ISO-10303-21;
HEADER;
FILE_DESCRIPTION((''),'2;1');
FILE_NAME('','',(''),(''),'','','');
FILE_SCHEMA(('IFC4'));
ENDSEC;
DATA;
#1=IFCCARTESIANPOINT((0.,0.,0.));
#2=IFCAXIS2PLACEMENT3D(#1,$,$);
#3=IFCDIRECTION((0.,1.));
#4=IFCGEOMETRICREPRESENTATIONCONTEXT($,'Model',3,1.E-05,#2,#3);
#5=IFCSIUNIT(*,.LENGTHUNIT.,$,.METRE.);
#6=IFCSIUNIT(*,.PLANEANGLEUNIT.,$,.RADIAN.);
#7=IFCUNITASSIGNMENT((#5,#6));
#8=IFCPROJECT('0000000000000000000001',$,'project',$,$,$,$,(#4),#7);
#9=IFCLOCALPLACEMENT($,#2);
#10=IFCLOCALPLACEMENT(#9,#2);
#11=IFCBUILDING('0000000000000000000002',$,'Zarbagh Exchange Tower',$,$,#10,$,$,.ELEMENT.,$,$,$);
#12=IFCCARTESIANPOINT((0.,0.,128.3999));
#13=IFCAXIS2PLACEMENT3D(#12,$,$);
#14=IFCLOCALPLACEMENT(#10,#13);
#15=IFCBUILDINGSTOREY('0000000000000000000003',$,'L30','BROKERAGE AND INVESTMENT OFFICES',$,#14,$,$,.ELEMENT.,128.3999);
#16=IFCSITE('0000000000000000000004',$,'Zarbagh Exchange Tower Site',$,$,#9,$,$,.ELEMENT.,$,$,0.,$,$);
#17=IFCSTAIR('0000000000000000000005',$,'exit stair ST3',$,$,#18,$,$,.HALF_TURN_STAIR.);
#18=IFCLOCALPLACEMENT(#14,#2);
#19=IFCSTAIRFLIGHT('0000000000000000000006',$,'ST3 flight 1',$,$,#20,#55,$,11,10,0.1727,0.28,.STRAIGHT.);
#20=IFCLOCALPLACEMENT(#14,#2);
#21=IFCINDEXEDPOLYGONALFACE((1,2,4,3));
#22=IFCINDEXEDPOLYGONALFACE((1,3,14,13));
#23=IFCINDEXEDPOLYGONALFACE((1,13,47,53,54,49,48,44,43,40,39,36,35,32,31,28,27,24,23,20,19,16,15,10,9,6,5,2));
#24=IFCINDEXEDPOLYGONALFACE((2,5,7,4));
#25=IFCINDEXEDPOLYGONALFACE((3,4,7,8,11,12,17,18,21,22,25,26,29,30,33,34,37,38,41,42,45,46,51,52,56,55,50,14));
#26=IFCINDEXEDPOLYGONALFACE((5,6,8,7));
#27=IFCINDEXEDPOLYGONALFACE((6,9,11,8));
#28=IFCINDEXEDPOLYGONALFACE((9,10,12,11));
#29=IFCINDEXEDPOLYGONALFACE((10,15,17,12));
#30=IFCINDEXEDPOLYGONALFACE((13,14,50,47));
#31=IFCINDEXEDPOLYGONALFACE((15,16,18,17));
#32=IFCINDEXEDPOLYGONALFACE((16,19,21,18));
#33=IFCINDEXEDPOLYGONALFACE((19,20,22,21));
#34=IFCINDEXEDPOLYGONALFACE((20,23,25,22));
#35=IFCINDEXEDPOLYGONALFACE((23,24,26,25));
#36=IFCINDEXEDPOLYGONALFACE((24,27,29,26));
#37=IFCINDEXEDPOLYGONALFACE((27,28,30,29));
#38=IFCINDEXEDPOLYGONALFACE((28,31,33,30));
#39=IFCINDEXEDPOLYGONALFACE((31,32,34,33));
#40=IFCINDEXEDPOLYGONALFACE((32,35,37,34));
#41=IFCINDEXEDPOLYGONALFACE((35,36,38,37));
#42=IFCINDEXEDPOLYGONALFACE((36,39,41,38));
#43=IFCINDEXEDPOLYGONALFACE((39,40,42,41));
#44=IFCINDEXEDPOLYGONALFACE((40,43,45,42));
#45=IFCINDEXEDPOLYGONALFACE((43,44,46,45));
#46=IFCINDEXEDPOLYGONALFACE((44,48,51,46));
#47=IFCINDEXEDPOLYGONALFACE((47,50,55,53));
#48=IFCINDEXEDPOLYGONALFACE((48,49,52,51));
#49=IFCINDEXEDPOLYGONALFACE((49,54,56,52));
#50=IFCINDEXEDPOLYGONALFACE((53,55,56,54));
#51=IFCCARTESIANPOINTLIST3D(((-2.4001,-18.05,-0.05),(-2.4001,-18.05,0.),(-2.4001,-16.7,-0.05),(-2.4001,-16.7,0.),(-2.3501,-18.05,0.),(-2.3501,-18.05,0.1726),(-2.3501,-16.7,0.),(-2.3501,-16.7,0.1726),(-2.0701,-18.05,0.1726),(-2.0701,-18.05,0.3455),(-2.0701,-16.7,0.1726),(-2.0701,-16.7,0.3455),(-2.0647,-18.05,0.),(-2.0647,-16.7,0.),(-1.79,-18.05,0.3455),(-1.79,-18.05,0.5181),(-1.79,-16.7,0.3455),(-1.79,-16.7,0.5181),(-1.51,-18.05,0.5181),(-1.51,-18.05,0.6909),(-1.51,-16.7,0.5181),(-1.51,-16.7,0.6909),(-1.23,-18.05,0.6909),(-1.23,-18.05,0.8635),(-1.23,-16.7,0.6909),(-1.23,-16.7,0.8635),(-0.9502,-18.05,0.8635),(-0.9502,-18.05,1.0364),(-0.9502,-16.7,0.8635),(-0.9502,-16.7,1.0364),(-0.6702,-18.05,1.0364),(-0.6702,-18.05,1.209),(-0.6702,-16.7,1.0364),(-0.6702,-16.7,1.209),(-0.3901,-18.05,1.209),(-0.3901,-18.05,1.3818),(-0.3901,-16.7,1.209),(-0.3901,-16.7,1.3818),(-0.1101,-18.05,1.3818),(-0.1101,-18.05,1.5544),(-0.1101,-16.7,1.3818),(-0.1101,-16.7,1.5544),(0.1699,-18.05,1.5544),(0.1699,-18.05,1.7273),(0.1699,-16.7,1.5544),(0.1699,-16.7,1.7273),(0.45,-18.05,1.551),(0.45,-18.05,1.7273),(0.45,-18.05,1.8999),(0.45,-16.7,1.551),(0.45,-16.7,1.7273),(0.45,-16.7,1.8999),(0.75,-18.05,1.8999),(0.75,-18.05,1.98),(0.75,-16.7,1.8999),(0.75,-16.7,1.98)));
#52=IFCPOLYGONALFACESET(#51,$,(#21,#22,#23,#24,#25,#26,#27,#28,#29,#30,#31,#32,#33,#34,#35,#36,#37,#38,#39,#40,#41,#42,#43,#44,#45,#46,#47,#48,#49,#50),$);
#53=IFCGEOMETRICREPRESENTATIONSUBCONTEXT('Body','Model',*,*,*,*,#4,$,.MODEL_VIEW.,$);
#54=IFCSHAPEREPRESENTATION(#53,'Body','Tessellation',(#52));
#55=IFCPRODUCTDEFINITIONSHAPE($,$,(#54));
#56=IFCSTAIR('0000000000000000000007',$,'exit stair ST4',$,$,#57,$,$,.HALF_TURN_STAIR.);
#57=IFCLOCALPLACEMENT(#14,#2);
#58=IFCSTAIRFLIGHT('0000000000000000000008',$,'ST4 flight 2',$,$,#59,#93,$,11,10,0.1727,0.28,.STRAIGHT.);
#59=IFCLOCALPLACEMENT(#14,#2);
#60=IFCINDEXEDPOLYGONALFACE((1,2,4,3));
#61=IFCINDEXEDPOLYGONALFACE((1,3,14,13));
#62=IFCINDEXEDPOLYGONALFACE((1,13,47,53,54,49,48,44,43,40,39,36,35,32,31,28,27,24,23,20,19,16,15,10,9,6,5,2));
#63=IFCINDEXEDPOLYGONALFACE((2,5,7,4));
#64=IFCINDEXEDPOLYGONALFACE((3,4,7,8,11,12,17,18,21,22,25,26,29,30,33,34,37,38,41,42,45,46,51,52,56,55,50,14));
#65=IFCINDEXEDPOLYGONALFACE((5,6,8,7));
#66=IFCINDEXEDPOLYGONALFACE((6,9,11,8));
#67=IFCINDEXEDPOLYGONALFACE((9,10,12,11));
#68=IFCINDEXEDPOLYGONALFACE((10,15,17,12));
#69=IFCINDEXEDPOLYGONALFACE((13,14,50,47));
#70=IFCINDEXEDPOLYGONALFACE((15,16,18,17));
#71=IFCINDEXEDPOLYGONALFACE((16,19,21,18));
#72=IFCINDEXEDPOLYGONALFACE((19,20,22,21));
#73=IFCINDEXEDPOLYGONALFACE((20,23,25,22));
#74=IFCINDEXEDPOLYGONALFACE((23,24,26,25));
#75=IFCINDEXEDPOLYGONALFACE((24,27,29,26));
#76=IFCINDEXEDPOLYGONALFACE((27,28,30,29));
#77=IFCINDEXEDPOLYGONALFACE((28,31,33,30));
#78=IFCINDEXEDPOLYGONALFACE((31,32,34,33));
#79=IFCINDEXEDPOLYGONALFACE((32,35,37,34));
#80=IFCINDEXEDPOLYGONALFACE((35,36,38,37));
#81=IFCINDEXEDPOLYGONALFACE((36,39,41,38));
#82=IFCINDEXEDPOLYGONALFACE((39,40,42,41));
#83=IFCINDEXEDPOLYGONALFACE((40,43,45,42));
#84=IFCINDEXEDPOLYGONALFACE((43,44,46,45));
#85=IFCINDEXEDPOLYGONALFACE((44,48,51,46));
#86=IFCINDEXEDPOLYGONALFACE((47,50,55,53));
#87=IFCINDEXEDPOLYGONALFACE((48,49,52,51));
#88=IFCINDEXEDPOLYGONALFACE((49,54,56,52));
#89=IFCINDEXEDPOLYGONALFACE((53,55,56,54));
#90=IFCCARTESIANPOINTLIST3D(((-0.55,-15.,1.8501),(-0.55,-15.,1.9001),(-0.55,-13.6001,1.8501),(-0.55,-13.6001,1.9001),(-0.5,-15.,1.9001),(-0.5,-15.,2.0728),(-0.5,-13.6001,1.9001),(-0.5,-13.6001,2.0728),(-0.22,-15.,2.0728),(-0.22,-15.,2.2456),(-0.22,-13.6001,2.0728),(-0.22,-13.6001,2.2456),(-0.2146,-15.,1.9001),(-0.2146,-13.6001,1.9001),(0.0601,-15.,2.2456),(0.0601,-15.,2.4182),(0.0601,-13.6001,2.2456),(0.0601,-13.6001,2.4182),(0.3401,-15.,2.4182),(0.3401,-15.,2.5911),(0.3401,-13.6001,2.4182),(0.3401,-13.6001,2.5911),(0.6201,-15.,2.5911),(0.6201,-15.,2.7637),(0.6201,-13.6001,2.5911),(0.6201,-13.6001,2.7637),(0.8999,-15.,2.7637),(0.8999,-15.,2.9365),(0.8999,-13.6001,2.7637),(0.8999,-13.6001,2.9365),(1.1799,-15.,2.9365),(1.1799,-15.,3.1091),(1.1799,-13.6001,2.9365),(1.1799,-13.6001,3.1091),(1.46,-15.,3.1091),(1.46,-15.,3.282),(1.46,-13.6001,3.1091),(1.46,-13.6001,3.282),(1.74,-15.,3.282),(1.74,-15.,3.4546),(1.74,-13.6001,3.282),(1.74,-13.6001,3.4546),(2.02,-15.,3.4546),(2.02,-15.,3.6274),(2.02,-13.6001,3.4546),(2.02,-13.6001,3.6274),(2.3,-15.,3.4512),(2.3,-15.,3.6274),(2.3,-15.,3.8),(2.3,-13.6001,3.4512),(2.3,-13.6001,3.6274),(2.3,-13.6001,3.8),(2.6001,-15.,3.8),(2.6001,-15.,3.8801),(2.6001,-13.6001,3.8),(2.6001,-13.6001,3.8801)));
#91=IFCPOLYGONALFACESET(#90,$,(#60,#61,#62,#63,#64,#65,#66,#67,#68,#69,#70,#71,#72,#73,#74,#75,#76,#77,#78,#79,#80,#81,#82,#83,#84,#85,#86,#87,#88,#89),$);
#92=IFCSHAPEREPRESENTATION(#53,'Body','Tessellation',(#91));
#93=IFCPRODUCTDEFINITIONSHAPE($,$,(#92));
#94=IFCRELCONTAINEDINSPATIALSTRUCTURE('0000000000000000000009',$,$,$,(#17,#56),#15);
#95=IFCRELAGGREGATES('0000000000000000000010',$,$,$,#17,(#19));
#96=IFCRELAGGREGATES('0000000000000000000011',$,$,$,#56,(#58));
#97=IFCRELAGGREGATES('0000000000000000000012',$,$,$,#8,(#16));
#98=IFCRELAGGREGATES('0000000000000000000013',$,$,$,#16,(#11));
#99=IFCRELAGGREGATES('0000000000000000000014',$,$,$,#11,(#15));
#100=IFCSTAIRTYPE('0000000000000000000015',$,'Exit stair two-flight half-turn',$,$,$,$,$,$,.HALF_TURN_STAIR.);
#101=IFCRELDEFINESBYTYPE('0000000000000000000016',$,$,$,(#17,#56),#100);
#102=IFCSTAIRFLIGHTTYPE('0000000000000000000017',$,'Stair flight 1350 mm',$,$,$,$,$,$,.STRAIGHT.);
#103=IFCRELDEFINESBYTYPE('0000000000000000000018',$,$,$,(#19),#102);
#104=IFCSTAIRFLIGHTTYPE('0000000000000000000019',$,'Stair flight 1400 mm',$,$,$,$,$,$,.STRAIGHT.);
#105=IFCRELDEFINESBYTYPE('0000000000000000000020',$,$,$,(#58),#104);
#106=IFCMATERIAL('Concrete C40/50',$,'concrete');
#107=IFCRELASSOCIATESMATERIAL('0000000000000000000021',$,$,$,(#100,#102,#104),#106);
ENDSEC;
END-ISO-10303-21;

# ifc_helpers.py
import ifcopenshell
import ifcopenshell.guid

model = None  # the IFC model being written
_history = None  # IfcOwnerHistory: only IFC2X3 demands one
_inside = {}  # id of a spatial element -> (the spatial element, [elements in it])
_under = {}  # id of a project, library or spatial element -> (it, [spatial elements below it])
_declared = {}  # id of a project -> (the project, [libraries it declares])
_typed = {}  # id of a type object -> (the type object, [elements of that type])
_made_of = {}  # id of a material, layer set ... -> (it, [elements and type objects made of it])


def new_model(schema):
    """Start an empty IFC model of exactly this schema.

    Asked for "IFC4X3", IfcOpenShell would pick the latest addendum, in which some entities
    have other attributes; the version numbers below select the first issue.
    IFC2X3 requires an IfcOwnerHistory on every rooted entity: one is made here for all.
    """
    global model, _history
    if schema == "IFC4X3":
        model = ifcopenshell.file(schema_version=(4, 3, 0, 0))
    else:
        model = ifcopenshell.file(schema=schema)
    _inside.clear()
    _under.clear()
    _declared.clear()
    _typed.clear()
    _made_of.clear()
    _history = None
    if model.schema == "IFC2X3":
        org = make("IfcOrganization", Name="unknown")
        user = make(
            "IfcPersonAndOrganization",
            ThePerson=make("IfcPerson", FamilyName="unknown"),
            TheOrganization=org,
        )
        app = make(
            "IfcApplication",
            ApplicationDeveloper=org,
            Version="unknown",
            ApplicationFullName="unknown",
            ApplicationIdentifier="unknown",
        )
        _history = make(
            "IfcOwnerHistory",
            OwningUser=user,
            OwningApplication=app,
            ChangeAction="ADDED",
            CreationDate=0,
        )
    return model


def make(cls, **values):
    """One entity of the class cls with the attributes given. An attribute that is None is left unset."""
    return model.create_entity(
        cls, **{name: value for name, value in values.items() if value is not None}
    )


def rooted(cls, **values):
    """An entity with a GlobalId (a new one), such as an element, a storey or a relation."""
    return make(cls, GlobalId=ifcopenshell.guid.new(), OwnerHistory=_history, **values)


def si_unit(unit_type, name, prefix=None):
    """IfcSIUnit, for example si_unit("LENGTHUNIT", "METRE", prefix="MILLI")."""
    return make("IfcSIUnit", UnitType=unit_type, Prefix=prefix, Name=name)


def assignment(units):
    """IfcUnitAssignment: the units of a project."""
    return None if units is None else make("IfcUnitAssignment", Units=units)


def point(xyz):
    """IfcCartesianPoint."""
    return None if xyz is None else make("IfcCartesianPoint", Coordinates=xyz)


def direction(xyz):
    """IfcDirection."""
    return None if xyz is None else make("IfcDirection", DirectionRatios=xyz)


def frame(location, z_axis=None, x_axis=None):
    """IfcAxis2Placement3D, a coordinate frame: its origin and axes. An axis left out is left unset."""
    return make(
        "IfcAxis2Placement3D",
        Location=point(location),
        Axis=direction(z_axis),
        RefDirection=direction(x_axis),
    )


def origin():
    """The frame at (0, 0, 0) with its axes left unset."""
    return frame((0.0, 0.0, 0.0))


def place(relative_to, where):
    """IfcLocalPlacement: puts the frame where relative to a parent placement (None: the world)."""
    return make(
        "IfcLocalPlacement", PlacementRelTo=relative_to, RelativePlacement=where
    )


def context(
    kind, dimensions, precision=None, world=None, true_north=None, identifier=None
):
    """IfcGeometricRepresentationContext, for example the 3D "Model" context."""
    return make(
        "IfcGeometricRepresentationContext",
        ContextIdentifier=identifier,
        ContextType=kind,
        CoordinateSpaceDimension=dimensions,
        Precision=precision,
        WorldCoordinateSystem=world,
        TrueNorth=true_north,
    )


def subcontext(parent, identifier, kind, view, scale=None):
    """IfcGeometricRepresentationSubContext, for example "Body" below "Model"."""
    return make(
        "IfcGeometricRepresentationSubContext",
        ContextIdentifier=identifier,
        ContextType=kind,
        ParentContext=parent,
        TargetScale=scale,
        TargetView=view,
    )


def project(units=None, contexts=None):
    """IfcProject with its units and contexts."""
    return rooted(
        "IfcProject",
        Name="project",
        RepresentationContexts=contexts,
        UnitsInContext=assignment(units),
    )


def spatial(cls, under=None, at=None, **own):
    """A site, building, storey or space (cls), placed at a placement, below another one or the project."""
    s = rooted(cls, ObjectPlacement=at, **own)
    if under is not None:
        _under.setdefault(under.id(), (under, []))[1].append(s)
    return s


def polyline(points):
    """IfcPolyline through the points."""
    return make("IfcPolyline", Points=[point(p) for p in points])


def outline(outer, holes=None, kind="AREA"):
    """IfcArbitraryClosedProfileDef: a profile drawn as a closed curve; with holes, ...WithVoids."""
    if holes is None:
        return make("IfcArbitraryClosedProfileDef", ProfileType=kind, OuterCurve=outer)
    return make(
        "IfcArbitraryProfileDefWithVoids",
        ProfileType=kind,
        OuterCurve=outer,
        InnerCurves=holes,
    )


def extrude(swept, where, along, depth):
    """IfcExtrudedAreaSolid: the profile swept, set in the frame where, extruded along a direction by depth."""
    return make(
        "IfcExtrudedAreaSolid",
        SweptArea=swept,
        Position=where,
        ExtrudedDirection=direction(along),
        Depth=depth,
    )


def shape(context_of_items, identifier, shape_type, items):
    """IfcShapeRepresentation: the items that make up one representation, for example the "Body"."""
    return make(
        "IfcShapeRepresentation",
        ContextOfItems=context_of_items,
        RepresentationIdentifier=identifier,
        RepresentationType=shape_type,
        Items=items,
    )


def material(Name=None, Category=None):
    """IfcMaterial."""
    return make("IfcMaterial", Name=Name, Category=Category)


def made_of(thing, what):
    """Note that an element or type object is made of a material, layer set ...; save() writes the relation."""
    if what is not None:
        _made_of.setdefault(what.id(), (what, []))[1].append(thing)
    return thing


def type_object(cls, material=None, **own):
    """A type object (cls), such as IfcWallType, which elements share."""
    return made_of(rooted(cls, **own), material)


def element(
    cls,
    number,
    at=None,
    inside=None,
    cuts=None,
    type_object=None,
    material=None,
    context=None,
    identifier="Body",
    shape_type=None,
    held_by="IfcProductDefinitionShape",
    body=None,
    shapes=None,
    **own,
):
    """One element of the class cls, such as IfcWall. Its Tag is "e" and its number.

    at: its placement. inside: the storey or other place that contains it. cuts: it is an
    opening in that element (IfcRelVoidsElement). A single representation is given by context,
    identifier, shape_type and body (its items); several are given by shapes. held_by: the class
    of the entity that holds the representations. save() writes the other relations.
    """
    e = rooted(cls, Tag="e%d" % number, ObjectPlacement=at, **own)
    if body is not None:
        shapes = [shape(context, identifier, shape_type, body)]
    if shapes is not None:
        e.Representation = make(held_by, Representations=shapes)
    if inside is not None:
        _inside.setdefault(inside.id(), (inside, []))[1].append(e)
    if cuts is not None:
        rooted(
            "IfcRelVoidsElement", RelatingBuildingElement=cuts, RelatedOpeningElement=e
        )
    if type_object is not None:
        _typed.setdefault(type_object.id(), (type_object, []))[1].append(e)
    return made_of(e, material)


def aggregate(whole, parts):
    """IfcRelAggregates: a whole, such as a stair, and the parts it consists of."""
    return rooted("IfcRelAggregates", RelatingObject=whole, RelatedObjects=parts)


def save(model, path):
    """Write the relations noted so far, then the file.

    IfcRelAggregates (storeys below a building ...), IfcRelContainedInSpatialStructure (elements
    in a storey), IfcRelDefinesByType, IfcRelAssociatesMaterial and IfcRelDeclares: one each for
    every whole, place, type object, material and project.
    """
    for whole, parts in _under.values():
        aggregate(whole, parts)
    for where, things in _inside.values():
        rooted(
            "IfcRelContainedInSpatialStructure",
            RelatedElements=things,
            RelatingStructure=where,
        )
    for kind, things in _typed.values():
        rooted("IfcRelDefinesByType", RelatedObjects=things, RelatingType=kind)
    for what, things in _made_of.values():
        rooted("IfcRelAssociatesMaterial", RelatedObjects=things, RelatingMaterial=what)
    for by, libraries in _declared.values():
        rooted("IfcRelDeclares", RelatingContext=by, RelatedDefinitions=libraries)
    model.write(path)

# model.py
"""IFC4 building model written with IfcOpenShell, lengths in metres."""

from ifc_helpers import new_model, si_unit, direction, frame, origin, place, context, subcontext, project, spatial, polyline, outline, extrude, material, type_object, element, aggregate, save


model = new_model("IFC4")

# Units and contexts
model_context = context("Model", 3, precision=1e-05, world=origin(), true_north=direction((0.0, 1.0)))
body_context = subcontext(model_context, "Body", "Model", "MODEL_VIEW")
ifc_project = project(units=[si_unit("LENGTHUNIT", "METRE"), si_unit("PLANEANGLEUNIT", "RADIAN")], contexts=[model_context])

# Site, building, storey
site_placement = place(None, origin())
site = spatial("IfcSite", under=ifc_project, at=site_placement, Name="Zarbagh Exchange Tower Site", CompositionType="ELEMENT", RefElevation=0.0)
building_placement = place(site_placement, origin())
building = spatial("IfcBuilding", under=site, at=building_placement, Name="Zarbagh Exchange Tower", CompositionType="ELEMENT")
storey_placement = place(building_placement, frame((0.0, 0.0, 128.3999)))
storey = spatial("IfcBuildingStorey", under=building, at=storey_placement, Name="L30", Description="BROKERAGE AND INVESTMENT OFFICES", CompositionType="ELEMENT", Elevation=128.3999)

# Shared definitions
ifc_material_1 = material(Name="Concrete C40/50", Category="concrete")

# Stairs, stair flights
stair_type = type_object("IfcStairType", Name="Exit stair two-flight half-turn", PredefinedType="HALF_TURN_STAIR", material=ifc_material_1)
stair_1_placement = place(storey_placement, origin())
stair_1 = element("IfcStair", 1, at=stair_1_placement, inside=storey, type_object=stair_type, Name="exit stair ST3", PredefinedType="HALF_TURN_STAIR")
stair_flight_type_1 = type_object("IfcStairFlightType", Name="Stair flight 1350 mm", PredefinedType="STRAIGHT", material=ifc_material_1)
stair_flight_1_placement = place(storey_placement, frame((-2.3501, -17.375, 0.0), z_axis=(0.0, 0.0, 1.0), x_axis=(1.0, 0.0, 0.0)))
stair_flight_1 = element("IfcStairFlight", 2, at=stair_flight_1_placement, type_object=stair_flight_type_1, Name="ST3 flight 1", NumberOfRisers=11, NumberOfTreads=10, PredefinedType="STRAIGHT", RiserHeight=0.1727, TreadLength=0.28, context=body_context, shape_type="SweptSolid", body=[
    extrude(outline(polyline([(-0.05, -0.05), (-0.05, 0.0), (0.0, 0.0), (0.0, 0.1726), (0.28, 0.1726), (0.28, 0.3455), (0.5601, 0.3455), (0.5601, 0.5181), (0.8401, 0.5181), (0.8401, 0.6909), (1.1201, 0.6909), (1.1201, 0.8635), (1.3999, 0.8635), (1.3999, 1.0364), (1.6799, 1.0364), (1.6799, 1.209), (1.96, 1.209), (1.96, 1.3818), (2.24, 1.3818), (2.24, 1.5544), (2.52, 1.5544), (2.52, 1.7273), (2.8, 1.7273), (2.8, 1.8999), (3.1001, 1.98), (3.1001, 1.8999), (2.8, 1.551), (0.2854, 0.0), (-0.05, -0.05)])), frame((0.0, 0.675, 0.0), z_axis=(0.0, -1.0, 0.0), x_axis=(1.0, 0.0, 0.0)), (0.0, 0.0, 1.0), 1.3501),
])
aggregate(stair_1, [stair_flight_1])
stair_2_placement = place(storey_placement, origin())
stair_2 = element("IfcStair", 3, at=stair_2_placement, inside=storey, type_object=stair_type, Name="exit stair ST4", PredefinedType="HALF_TURN_STAIR")
stair_flight_type_2 = type_object("IfcStairFlightType", Name="Stair flight 1400 mm", PredefinedType="STRAIGHT", material=ifc_material_1)
stair_flight_2_placement = place(storey_placement, frame((-0.5, -14.3, 1.9001), z_axis=(0.0, 0.0, 1.0), x_axis=(1.0, 0.0, 0.0)))
stair_flight_2 = element("IfcStairFlight", 4, at=stair_flight_2_placement, type_object=stair_flight_type_2, Name="ST4 flight 2", NumberOfRisers=11, NumberOfTreads=10, PredefinedType="STRAIGHT", RiserHeight=0.1727, TreadLength=0.28, context=body_context, shape_type="SweptSolid", body=[
    extrude(outline(polyline([(-0.05, -0.05), (-0.05, 0.0), (0.0, 0.0), (0.0, 0.1726), (0.28, 0.1726), (0.28, 0.3455), (0.5601, 0.3455), (0.5601, 0.5181), (0.8401, 0.5181), (0.8401, 0.6909), (1.1201, 0.6909), (1.1201, 0.8635), (1.3999, 0.8635), (1.3999, 1.0364), (1.6799, 1.0364), (1.6799, 1.209), (1.96, 1.209), (1.96, 1.3818), (2.24, 1.3818), (2.24, 1.5544), (2.52, 1.5544), (2.52, 1.7273), (2.8, 1.7273), (2.8, 1.8999), (3.1001, 1.98), (3.1001, 1.8999), (2.8, 1.551), (0.2854, 0.0), (-0.05, -0.05)])), frame((0.0, 0.7, 0.0), z_axis=(0.0, -1.0, 0.0), x_axis=(1.0, 0.0, 0.0)), (0.0, 0.0, 1.0), 1.3999),
])
aggregate(stair_2, [stair_flight_2])

save(model, "model.ifc")
